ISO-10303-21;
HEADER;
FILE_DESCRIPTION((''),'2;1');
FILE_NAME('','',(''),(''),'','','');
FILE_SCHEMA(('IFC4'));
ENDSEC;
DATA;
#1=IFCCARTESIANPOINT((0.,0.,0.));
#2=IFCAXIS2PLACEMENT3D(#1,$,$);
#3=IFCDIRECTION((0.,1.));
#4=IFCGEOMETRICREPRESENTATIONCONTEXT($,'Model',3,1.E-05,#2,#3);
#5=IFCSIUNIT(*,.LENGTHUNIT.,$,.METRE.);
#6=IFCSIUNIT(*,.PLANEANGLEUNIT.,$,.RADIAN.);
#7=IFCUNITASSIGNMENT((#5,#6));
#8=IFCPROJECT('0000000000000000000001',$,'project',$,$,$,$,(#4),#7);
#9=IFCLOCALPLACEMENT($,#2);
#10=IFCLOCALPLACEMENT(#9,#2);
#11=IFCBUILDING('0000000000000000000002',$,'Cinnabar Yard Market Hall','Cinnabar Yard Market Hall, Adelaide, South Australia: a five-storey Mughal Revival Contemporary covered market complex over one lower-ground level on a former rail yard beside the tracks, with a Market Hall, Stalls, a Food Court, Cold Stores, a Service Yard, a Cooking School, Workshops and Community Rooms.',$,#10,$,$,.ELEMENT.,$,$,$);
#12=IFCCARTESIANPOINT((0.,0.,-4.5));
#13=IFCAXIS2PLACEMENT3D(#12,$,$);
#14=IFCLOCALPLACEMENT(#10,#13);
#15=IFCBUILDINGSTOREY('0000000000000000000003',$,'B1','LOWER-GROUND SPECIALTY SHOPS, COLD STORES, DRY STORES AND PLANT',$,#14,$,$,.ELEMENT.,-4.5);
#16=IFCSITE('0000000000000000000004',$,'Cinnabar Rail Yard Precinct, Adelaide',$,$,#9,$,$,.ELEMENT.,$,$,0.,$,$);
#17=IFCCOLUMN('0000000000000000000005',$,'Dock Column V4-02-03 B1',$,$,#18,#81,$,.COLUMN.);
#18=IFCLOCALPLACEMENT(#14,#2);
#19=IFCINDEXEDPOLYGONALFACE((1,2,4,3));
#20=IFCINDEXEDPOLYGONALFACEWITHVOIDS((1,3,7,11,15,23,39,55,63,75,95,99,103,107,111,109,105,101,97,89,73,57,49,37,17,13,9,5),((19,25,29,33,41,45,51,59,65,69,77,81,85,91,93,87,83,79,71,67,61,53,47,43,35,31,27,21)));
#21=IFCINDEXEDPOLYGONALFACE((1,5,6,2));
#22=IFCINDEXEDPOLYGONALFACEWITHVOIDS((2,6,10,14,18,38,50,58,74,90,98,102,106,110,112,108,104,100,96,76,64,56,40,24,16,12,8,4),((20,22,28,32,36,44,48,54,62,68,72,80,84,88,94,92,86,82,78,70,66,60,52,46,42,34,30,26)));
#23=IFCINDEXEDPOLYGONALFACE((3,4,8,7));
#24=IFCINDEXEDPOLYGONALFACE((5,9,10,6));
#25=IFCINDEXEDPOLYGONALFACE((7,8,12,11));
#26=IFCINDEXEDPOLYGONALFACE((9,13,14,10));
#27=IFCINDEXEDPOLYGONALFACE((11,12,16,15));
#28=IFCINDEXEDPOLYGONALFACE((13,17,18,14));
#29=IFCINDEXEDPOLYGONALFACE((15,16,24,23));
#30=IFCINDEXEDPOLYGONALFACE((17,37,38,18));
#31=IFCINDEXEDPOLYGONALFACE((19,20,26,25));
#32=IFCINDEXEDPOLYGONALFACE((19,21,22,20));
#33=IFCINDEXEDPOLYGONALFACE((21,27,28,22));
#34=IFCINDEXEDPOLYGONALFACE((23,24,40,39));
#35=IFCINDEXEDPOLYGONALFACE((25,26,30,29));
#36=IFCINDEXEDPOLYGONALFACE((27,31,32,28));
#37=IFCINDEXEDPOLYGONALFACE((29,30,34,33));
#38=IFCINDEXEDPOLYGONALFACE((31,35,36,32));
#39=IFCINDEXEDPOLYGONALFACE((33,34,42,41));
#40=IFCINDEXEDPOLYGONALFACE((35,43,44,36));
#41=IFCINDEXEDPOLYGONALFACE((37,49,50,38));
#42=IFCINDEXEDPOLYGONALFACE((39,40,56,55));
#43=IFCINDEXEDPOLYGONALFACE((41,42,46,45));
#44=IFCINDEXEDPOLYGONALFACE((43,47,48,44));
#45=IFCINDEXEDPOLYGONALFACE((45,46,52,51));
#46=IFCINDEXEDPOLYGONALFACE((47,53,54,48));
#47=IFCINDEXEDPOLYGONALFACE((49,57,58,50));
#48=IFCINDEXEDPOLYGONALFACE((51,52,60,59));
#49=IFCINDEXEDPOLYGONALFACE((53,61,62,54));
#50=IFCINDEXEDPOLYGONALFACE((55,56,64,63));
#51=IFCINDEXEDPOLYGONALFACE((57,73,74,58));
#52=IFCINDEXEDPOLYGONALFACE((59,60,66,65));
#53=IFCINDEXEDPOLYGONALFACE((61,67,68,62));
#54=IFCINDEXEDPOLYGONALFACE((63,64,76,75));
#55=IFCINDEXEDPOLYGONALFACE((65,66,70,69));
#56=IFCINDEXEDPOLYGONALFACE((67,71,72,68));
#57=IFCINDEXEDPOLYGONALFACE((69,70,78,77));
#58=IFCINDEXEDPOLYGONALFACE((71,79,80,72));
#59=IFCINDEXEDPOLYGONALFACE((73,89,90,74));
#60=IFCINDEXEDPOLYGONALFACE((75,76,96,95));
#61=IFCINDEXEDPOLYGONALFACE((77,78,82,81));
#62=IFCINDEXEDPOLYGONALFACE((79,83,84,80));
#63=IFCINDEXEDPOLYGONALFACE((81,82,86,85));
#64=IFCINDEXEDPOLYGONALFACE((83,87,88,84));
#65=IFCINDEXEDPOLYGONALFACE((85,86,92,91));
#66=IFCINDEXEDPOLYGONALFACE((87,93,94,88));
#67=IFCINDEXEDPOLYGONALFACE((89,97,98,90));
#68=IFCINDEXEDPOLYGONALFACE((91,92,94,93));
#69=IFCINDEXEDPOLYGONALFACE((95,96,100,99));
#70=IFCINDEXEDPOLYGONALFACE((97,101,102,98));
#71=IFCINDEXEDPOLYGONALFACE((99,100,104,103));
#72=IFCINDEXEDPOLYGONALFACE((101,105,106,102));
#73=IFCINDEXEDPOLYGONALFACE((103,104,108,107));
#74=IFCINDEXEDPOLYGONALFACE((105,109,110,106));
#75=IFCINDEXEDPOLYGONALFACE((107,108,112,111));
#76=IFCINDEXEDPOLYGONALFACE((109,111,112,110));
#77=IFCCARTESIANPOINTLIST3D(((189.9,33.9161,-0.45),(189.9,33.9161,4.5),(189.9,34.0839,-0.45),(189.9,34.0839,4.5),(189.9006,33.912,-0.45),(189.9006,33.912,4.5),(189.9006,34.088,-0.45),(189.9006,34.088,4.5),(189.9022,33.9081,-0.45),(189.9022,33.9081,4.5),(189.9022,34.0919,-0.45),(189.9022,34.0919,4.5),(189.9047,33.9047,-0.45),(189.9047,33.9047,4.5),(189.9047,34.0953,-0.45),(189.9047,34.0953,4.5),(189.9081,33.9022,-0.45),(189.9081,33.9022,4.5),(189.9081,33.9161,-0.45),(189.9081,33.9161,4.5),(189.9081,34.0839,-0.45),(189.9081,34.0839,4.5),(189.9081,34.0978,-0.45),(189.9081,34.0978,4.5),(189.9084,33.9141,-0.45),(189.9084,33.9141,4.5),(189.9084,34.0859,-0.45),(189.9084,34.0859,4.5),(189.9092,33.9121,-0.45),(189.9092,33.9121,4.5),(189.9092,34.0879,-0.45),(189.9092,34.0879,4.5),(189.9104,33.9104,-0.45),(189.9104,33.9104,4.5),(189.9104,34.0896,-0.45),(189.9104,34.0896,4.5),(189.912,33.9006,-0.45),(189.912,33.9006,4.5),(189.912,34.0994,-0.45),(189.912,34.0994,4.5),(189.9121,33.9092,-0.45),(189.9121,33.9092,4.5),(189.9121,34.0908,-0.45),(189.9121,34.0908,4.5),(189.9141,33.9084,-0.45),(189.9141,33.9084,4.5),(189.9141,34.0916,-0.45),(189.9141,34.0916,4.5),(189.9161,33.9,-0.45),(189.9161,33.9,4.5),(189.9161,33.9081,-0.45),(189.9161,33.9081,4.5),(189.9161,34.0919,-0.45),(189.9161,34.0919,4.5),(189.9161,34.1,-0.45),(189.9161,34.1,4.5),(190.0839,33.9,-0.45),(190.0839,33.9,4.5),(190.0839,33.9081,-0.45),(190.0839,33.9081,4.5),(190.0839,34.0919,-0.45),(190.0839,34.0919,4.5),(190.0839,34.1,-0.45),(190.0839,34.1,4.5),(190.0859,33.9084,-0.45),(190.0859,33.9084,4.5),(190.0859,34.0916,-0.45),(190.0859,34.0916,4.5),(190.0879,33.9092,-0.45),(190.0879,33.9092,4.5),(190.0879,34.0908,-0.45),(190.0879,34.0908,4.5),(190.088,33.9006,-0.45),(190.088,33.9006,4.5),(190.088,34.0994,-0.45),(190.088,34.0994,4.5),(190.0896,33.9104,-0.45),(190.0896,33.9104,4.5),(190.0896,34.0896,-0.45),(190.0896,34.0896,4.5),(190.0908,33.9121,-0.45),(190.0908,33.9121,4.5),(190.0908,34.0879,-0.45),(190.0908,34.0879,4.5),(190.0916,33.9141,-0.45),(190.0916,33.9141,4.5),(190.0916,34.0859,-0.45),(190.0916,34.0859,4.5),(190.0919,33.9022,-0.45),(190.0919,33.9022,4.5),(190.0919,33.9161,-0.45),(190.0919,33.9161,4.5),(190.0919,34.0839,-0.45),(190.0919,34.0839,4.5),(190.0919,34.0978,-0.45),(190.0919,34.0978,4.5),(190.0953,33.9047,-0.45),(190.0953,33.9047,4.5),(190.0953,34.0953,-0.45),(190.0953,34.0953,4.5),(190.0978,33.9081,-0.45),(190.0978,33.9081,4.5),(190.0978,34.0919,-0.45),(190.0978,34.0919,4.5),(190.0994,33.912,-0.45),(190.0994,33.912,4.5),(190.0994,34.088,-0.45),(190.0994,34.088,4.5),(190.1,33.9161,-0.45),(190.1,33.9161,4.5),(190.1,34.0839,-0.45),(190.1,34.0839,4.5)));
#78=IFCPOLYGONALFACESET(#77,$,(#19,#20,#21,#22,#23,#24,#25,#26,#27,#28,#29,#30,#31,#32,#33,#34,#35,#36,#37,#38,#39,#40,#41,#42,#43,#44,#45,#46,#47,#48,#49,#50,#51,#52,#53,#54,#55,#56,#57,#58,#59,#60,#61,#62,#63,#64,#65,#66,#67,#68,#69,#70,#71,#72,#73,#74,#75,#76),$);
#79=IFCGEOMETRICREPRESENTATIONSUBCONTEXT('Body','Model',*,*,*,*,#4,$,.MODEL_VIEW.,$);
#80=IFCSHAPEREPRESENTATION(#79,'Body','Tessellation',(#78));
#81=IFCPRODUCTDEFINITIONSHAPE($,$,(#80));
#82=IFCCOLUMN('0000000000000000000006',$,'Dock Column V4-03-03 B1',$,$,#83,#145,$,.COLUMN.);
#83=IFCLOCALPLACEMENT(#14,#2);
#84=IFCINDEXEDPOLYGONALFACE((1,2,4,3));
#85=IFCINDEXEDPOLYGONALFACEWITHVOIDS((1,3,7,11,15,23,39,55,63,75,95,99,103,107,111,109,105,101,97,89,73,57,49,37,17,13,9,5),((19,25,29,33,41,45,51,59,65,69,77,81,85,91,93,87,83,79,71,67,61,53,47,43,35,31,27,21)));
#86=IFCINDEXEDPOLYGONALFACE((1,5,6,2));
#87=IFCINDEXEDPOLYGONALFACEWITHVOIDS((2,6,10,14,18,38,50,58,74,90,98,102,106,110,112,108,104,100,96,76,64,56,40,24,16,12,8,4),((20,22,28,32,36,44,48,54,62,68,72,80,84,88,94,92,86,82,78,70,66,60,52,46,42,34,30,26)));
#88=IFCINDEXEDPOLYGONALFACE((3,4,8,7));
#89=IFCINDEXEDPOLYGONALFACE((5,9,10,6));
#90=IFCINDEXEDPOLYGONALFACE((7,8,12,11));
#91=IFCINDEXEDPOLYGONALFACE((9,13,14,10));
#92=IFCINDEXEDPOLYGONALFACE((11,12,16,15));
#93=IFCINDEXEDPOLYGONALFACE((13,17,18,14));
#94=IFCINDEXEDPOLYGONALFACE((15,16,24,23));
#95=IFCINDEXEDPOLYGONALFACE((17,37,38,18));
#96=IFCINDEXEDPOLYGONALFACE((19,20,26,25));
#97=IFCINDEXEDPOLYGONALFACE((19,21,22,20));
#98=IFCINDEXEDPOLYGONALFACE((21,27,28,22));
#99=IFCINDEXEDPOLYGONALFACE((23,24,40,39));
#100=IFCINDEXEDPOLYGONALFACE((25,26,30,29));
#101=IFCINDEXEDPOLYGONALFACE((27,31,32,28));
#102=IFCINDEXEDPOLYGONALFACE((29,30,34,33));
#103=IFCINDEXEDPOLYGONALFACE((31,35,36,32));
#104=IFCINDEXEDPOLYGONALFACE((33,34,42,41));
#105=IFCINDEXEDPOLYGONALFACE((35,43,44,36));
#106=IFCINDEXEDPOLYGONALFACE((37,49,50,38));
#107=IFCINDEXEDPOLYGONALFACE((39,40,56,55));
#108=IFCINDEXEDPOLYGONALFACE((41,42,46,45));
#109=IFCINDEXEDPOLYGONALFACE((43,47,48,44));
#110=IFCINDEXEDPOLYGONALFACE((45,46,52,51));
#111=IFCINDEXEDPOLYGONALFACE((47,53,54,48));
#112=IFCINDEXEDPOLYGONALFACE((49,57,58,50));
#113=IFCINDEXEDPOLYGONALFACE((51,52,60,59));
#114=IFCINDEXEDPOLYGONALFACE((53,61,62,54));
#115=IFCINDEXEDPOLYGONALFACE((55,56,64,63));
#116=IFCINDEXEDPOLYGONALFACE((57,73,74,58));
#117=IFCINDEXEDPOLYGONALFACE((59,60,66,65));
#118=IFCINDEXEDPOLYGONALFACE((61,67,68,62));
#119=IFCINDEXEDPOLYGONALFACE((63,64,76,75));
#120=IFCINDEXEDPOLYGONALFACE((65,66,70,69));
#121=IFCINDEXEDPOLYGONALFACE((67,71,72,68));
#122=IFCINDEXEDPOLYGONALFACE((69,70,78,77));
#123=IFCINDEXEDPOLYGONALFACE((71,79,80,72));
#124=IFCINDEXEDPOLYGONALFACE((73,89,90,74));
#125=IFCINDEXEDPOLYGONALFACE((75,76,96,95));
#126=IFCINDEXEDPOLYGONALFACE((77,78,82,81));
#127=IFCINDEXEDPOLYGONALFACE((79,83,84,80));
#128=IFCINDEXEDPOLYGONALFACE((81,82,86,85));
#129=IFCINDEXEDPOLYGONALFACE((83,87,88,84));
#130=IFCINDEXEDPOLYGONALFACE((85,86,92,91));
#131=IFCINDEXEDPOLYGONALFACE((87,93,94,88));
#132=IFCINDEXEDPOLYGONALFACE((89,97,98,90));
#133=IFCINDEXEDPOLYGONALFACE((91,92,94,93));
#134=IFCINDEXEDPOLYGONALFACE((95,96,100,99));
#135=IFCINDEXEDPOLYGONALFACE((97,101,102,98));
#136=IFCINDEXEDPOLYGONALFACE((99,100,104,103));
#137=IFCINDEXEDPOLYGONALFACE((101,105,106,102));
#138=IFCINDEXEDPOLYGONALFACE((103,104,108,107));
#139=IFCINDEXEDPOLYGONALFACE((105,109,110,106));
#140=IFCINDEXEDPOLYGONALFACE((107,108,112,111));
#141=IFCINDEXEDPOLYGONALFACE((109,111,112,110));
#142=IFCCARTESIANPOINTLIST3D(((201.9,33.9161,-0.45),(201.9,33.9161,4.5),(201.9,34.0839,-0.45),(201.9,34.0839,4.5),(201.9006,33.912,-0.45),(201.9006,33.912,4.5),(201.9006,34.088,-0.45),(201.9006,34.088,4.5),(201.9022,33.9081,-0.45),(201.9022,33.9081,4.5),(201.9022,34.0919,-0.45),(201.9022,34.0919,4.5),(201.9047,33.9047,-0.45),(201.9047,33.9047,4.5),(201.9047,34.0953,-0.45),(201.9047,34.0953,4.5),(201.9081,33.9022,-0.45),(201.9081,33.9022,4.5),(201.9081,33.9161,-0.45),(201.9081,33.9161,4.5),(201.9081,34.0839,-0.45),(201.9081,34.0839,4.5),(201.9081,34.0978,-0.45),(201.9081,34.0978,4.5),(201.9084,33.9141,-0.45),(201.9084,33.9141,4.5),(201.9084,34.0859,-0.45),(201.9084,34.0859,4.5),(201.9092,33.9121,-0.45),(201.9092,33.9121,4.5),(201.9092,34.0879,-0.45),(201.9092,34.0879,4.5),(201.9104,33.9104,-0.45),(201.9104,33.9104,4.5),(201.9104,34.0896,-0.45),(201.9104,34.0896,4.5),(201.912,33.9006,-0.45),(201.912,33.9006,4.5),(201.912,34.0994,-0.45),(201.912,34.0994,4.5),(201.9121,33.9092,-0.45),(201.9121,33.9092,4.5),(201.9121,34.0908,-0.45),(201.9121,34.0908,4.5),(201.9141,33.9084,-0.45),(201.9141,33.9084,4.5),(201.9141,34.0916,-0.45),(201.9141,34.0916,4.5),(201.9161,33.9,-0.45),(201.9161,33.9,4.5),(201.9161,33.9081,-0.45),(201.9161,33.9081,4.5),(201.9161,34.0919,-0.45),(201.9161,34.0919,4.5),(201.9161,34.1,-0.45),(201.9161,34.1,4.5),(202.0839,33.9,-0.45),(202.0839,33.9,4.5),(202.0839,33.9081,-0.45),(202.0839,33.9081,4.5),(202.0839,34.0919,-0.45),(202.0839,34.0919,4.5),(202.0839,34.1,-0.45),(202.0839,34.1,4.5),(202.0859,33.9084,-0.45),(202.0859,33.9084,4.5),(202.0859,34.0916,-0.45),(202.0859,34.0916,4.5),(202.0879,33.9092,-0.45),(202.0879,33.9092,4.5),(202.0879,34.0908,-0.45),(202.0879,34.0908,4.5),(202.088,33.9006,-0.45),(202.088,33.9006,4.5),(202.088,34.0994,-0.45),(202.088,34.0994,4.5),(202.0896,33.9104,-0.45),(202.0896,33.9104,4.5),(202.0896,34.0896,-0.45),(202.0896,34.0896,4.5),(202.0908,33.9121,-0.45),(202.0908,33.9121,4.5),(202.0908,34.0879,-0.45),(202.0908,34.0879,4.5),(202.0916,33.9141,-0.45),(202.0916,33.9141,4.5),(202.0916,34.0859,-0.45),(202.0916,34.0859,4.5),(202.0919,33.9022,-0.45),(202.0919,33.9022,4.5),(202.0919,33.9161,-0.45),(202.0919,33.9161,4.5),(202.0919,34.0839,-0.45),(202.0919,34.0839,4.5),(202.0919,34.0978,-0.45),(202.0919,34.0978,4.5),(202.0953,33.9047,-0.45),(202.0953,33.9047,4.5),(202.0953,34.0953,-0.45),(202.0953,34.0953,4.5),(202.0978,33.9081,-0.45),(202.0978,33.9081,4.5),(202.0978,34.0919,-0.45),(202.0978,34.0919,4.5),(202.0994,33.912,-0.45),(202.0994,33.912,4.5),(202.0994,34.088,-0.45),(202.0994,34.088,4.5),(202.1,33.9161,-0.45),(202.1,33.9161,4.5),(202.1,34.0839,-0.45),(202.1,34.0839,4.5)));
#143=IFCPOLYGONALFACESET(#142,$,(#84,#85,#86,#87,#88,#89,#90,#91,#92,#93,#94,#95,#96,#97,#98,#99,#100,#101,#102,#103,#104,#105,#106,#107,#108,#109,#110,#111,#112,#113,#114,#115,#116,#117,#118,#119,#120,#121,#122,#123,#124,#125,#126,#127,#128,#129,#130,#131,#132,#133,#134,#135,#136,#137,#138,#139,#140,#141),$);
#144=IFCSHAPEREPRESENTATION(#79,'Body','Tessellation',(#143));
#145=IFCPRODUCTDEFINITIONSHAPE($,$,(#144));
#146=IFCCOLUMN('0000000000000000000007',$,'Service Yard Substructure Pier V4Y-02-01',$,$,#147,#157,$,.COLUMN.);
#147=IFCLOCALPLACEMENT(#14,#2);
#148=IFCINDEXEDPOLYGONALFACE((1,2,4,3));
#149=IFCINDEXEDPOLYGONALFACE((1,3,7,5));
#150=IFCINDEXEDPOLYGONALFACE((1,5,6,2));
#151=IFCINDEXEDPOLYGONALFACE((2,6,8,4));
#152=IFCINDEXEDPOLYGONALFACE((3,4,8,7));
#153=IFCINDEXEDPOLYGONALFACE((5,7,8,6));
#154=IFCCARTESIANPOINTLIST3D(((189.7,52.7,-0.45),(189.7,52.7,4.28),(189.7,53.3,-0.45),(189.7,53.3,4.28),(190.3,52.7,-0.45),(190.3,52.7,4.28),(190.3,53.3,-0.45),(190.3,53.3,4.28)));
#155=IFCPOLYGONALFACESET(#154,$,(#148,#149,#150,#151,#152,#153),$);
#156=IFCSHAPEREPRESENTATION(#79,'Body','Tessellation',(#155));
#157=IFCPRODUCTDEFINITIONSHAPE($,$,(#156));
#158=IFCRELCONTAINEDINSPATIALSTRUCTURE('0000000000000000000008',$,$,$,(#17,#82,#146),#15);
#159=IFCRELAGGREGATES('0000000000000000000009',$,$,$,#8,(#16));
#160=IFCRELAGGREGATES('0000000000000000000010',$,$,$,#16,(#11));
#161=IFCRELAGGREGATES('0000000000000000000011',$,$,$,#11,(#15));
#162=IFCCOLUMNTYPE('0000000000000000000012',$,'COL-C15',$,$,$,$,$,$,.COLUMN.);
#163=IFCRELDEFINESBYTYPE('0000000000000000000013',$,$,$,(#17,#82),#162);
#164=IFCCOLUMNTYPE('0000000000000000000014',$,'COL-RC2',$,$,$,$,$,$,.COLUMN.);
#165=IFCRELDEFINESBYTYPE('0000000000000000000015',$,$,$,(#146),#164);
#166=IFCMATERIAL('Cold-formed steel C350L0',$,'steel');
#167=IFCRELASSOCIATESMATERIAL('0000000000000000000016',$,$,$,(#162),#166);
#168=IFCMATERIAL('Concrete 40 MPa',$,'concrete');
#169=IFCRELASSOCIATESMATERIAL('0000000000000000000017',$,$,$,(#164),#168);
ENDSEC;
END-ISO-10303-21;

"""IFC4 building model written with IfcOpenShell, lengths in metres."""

from ifc_helpers import new_model, si_unit, direction, frame, origin, origin_2d_with_axis, place, context, subcontext, project, spatial, rectangle, hollow_rectangle, extrude, material, material_profile, profile_set, type_object, element, save


model = new_model("IFC4")

# Units and contexts
model_context = context("Model", 3, precision=1e-05, world=origin(), true_north=direction((0.0, 1.0)))
body_context = subcontext(model_context, "Body", "Model", "MODEL_VIEW")
ifc_project = project(units=[si_unit("LENGTHUNIT", "METRE"), si_unit("PLANEANGLEUNIT", "RADIAN")], contexts=[model_context])

# Site, building, storey
site_placement = place(None, origin())
site = spatial("IfcSite", under=ifc_project, at=site_placement, Name="Cinnabar Rail Yard Precinct, Adelaide", CompositionType="ELEMENT", RefElevation=0.0)
building_placement = place(site_placement, origin())
building = spatial("IfcBuilding", under=site, at=building_placement, Name="Cinnabar Yard Market Hall", Description="Cinnabar Yard Market Hall, Adelaide, South Australia: a five-storey Mughal Revival Contemporary covered market complex over one lower-ground level on a former rail yard beside the tracks, with a Market Hall, Stalls, a Food Court, Cold Stores, a Service Yard, a Cooking School, Workshops and Community Rooms.", CompositionType="ELEMENT")
storey_placement = place(building_placement, frame((0.0, 0.0, -4.5)))
storey = spatial("IfcBuildingStorey", under=building, at=storey_placement, Name="B1", Description="LOWER-GROUND SPECIALTY SHOPS, COLD STORES, DRY STORES AND PLANT", CompositionType="ELEMENT", Elevation=-4.5)

# Shared definitions
ifc_material_1 = material(Name="Concrete 40 MPa", Category="concrete")

# Columns
ifc_material_2 = material(Name="Cold-formed steel C350L0", Category="steel")
ifc_material_profile_1 = material_profile(ifc_material_2, hollow_rectangle(XDim=0.2, YDim=0.2, WallThickness=0.0081, InnerFilletRadius=0.0081, OuterFilletRadius=0.0161, at=origin_2d_with_axis()), Name="200x200x8.0SHS")
ifc_profile_set_1 = profile_set([ifc_material_profile_1], Name="Cold-formed steel C350L0")
column_type_1 = type_object("IfcColumnType", Name="COL-C15", PredefinedType="COLUMN", material=ifc_profile_set_1)
for number, where, z_axis, x_axis, name in (
    (1, (190.0, 34.0, -0.45), (0.0, 0.0, 1.0), (1.0, 0.0, 0.0), "Dock Column V4-02-03 B1"),
    (2, (202.0, 34.0, -0.45), (0.0, 0.0, 1.0), (1.0, 0.0, 0.0), "Dock Column V4-03-03 B1"),
):
    element("IfcColumn", number, at=place(storey_placement, frame(where, z_axis=z_axis, x_axis=x_axis)), inside=storey, type_object=column_type_1, Name=name, PredefinedType="COLUMN", context=body_context, shape_type="SweptSolid", body=[
        extrude(hollow_rectangle(XDim=0.2, YDim=0.2, WallThickness=0.0081, InnerFilletRadius=0.0081, OuterFilletRadius=0.0161, at=origin_2d_with_axis()), origin(), (0.0, 0.0, 1.0), 4.95),
    ])
ifc_material_profile_2 = material_profile(ifc_material_1, rectangle(XDim=0.6001, YDim=0.6001, at=origin_2d_with_axis()), Name="RC-600x600")
ifc_profile_set_2 = profile_set([ifc_material_profile_2], Name="Concrete 40 MPa")
column_type_2 = type_object("IfcColumnType", Name="COL-RC2", PredefinedType="COLUMN", material=ifc_profile_set_2)
column_placement = place(storey_placement, frame((190.0, 53.0, -0.45), z_axis=(0.0, 0.0, 1.0), x_axis=(1.0, 0.0, 0.0)))
element("IfcColumn", 3, at=column_placement, inside=storey, type_object=column_type_2, Name="Service Yard Substructure Pier V4Y-02-01", PredefinedType="COLUMN", context=body_context, shape_type="SweptSolid", body=[
    extrude(rectangle(XDim=0.6001, YDim=0.6001, at=origin_2d_with_axis()), origin(), (0.0, 0.0, 1.0), 4.73),
])

save(model, "model.ifc")
